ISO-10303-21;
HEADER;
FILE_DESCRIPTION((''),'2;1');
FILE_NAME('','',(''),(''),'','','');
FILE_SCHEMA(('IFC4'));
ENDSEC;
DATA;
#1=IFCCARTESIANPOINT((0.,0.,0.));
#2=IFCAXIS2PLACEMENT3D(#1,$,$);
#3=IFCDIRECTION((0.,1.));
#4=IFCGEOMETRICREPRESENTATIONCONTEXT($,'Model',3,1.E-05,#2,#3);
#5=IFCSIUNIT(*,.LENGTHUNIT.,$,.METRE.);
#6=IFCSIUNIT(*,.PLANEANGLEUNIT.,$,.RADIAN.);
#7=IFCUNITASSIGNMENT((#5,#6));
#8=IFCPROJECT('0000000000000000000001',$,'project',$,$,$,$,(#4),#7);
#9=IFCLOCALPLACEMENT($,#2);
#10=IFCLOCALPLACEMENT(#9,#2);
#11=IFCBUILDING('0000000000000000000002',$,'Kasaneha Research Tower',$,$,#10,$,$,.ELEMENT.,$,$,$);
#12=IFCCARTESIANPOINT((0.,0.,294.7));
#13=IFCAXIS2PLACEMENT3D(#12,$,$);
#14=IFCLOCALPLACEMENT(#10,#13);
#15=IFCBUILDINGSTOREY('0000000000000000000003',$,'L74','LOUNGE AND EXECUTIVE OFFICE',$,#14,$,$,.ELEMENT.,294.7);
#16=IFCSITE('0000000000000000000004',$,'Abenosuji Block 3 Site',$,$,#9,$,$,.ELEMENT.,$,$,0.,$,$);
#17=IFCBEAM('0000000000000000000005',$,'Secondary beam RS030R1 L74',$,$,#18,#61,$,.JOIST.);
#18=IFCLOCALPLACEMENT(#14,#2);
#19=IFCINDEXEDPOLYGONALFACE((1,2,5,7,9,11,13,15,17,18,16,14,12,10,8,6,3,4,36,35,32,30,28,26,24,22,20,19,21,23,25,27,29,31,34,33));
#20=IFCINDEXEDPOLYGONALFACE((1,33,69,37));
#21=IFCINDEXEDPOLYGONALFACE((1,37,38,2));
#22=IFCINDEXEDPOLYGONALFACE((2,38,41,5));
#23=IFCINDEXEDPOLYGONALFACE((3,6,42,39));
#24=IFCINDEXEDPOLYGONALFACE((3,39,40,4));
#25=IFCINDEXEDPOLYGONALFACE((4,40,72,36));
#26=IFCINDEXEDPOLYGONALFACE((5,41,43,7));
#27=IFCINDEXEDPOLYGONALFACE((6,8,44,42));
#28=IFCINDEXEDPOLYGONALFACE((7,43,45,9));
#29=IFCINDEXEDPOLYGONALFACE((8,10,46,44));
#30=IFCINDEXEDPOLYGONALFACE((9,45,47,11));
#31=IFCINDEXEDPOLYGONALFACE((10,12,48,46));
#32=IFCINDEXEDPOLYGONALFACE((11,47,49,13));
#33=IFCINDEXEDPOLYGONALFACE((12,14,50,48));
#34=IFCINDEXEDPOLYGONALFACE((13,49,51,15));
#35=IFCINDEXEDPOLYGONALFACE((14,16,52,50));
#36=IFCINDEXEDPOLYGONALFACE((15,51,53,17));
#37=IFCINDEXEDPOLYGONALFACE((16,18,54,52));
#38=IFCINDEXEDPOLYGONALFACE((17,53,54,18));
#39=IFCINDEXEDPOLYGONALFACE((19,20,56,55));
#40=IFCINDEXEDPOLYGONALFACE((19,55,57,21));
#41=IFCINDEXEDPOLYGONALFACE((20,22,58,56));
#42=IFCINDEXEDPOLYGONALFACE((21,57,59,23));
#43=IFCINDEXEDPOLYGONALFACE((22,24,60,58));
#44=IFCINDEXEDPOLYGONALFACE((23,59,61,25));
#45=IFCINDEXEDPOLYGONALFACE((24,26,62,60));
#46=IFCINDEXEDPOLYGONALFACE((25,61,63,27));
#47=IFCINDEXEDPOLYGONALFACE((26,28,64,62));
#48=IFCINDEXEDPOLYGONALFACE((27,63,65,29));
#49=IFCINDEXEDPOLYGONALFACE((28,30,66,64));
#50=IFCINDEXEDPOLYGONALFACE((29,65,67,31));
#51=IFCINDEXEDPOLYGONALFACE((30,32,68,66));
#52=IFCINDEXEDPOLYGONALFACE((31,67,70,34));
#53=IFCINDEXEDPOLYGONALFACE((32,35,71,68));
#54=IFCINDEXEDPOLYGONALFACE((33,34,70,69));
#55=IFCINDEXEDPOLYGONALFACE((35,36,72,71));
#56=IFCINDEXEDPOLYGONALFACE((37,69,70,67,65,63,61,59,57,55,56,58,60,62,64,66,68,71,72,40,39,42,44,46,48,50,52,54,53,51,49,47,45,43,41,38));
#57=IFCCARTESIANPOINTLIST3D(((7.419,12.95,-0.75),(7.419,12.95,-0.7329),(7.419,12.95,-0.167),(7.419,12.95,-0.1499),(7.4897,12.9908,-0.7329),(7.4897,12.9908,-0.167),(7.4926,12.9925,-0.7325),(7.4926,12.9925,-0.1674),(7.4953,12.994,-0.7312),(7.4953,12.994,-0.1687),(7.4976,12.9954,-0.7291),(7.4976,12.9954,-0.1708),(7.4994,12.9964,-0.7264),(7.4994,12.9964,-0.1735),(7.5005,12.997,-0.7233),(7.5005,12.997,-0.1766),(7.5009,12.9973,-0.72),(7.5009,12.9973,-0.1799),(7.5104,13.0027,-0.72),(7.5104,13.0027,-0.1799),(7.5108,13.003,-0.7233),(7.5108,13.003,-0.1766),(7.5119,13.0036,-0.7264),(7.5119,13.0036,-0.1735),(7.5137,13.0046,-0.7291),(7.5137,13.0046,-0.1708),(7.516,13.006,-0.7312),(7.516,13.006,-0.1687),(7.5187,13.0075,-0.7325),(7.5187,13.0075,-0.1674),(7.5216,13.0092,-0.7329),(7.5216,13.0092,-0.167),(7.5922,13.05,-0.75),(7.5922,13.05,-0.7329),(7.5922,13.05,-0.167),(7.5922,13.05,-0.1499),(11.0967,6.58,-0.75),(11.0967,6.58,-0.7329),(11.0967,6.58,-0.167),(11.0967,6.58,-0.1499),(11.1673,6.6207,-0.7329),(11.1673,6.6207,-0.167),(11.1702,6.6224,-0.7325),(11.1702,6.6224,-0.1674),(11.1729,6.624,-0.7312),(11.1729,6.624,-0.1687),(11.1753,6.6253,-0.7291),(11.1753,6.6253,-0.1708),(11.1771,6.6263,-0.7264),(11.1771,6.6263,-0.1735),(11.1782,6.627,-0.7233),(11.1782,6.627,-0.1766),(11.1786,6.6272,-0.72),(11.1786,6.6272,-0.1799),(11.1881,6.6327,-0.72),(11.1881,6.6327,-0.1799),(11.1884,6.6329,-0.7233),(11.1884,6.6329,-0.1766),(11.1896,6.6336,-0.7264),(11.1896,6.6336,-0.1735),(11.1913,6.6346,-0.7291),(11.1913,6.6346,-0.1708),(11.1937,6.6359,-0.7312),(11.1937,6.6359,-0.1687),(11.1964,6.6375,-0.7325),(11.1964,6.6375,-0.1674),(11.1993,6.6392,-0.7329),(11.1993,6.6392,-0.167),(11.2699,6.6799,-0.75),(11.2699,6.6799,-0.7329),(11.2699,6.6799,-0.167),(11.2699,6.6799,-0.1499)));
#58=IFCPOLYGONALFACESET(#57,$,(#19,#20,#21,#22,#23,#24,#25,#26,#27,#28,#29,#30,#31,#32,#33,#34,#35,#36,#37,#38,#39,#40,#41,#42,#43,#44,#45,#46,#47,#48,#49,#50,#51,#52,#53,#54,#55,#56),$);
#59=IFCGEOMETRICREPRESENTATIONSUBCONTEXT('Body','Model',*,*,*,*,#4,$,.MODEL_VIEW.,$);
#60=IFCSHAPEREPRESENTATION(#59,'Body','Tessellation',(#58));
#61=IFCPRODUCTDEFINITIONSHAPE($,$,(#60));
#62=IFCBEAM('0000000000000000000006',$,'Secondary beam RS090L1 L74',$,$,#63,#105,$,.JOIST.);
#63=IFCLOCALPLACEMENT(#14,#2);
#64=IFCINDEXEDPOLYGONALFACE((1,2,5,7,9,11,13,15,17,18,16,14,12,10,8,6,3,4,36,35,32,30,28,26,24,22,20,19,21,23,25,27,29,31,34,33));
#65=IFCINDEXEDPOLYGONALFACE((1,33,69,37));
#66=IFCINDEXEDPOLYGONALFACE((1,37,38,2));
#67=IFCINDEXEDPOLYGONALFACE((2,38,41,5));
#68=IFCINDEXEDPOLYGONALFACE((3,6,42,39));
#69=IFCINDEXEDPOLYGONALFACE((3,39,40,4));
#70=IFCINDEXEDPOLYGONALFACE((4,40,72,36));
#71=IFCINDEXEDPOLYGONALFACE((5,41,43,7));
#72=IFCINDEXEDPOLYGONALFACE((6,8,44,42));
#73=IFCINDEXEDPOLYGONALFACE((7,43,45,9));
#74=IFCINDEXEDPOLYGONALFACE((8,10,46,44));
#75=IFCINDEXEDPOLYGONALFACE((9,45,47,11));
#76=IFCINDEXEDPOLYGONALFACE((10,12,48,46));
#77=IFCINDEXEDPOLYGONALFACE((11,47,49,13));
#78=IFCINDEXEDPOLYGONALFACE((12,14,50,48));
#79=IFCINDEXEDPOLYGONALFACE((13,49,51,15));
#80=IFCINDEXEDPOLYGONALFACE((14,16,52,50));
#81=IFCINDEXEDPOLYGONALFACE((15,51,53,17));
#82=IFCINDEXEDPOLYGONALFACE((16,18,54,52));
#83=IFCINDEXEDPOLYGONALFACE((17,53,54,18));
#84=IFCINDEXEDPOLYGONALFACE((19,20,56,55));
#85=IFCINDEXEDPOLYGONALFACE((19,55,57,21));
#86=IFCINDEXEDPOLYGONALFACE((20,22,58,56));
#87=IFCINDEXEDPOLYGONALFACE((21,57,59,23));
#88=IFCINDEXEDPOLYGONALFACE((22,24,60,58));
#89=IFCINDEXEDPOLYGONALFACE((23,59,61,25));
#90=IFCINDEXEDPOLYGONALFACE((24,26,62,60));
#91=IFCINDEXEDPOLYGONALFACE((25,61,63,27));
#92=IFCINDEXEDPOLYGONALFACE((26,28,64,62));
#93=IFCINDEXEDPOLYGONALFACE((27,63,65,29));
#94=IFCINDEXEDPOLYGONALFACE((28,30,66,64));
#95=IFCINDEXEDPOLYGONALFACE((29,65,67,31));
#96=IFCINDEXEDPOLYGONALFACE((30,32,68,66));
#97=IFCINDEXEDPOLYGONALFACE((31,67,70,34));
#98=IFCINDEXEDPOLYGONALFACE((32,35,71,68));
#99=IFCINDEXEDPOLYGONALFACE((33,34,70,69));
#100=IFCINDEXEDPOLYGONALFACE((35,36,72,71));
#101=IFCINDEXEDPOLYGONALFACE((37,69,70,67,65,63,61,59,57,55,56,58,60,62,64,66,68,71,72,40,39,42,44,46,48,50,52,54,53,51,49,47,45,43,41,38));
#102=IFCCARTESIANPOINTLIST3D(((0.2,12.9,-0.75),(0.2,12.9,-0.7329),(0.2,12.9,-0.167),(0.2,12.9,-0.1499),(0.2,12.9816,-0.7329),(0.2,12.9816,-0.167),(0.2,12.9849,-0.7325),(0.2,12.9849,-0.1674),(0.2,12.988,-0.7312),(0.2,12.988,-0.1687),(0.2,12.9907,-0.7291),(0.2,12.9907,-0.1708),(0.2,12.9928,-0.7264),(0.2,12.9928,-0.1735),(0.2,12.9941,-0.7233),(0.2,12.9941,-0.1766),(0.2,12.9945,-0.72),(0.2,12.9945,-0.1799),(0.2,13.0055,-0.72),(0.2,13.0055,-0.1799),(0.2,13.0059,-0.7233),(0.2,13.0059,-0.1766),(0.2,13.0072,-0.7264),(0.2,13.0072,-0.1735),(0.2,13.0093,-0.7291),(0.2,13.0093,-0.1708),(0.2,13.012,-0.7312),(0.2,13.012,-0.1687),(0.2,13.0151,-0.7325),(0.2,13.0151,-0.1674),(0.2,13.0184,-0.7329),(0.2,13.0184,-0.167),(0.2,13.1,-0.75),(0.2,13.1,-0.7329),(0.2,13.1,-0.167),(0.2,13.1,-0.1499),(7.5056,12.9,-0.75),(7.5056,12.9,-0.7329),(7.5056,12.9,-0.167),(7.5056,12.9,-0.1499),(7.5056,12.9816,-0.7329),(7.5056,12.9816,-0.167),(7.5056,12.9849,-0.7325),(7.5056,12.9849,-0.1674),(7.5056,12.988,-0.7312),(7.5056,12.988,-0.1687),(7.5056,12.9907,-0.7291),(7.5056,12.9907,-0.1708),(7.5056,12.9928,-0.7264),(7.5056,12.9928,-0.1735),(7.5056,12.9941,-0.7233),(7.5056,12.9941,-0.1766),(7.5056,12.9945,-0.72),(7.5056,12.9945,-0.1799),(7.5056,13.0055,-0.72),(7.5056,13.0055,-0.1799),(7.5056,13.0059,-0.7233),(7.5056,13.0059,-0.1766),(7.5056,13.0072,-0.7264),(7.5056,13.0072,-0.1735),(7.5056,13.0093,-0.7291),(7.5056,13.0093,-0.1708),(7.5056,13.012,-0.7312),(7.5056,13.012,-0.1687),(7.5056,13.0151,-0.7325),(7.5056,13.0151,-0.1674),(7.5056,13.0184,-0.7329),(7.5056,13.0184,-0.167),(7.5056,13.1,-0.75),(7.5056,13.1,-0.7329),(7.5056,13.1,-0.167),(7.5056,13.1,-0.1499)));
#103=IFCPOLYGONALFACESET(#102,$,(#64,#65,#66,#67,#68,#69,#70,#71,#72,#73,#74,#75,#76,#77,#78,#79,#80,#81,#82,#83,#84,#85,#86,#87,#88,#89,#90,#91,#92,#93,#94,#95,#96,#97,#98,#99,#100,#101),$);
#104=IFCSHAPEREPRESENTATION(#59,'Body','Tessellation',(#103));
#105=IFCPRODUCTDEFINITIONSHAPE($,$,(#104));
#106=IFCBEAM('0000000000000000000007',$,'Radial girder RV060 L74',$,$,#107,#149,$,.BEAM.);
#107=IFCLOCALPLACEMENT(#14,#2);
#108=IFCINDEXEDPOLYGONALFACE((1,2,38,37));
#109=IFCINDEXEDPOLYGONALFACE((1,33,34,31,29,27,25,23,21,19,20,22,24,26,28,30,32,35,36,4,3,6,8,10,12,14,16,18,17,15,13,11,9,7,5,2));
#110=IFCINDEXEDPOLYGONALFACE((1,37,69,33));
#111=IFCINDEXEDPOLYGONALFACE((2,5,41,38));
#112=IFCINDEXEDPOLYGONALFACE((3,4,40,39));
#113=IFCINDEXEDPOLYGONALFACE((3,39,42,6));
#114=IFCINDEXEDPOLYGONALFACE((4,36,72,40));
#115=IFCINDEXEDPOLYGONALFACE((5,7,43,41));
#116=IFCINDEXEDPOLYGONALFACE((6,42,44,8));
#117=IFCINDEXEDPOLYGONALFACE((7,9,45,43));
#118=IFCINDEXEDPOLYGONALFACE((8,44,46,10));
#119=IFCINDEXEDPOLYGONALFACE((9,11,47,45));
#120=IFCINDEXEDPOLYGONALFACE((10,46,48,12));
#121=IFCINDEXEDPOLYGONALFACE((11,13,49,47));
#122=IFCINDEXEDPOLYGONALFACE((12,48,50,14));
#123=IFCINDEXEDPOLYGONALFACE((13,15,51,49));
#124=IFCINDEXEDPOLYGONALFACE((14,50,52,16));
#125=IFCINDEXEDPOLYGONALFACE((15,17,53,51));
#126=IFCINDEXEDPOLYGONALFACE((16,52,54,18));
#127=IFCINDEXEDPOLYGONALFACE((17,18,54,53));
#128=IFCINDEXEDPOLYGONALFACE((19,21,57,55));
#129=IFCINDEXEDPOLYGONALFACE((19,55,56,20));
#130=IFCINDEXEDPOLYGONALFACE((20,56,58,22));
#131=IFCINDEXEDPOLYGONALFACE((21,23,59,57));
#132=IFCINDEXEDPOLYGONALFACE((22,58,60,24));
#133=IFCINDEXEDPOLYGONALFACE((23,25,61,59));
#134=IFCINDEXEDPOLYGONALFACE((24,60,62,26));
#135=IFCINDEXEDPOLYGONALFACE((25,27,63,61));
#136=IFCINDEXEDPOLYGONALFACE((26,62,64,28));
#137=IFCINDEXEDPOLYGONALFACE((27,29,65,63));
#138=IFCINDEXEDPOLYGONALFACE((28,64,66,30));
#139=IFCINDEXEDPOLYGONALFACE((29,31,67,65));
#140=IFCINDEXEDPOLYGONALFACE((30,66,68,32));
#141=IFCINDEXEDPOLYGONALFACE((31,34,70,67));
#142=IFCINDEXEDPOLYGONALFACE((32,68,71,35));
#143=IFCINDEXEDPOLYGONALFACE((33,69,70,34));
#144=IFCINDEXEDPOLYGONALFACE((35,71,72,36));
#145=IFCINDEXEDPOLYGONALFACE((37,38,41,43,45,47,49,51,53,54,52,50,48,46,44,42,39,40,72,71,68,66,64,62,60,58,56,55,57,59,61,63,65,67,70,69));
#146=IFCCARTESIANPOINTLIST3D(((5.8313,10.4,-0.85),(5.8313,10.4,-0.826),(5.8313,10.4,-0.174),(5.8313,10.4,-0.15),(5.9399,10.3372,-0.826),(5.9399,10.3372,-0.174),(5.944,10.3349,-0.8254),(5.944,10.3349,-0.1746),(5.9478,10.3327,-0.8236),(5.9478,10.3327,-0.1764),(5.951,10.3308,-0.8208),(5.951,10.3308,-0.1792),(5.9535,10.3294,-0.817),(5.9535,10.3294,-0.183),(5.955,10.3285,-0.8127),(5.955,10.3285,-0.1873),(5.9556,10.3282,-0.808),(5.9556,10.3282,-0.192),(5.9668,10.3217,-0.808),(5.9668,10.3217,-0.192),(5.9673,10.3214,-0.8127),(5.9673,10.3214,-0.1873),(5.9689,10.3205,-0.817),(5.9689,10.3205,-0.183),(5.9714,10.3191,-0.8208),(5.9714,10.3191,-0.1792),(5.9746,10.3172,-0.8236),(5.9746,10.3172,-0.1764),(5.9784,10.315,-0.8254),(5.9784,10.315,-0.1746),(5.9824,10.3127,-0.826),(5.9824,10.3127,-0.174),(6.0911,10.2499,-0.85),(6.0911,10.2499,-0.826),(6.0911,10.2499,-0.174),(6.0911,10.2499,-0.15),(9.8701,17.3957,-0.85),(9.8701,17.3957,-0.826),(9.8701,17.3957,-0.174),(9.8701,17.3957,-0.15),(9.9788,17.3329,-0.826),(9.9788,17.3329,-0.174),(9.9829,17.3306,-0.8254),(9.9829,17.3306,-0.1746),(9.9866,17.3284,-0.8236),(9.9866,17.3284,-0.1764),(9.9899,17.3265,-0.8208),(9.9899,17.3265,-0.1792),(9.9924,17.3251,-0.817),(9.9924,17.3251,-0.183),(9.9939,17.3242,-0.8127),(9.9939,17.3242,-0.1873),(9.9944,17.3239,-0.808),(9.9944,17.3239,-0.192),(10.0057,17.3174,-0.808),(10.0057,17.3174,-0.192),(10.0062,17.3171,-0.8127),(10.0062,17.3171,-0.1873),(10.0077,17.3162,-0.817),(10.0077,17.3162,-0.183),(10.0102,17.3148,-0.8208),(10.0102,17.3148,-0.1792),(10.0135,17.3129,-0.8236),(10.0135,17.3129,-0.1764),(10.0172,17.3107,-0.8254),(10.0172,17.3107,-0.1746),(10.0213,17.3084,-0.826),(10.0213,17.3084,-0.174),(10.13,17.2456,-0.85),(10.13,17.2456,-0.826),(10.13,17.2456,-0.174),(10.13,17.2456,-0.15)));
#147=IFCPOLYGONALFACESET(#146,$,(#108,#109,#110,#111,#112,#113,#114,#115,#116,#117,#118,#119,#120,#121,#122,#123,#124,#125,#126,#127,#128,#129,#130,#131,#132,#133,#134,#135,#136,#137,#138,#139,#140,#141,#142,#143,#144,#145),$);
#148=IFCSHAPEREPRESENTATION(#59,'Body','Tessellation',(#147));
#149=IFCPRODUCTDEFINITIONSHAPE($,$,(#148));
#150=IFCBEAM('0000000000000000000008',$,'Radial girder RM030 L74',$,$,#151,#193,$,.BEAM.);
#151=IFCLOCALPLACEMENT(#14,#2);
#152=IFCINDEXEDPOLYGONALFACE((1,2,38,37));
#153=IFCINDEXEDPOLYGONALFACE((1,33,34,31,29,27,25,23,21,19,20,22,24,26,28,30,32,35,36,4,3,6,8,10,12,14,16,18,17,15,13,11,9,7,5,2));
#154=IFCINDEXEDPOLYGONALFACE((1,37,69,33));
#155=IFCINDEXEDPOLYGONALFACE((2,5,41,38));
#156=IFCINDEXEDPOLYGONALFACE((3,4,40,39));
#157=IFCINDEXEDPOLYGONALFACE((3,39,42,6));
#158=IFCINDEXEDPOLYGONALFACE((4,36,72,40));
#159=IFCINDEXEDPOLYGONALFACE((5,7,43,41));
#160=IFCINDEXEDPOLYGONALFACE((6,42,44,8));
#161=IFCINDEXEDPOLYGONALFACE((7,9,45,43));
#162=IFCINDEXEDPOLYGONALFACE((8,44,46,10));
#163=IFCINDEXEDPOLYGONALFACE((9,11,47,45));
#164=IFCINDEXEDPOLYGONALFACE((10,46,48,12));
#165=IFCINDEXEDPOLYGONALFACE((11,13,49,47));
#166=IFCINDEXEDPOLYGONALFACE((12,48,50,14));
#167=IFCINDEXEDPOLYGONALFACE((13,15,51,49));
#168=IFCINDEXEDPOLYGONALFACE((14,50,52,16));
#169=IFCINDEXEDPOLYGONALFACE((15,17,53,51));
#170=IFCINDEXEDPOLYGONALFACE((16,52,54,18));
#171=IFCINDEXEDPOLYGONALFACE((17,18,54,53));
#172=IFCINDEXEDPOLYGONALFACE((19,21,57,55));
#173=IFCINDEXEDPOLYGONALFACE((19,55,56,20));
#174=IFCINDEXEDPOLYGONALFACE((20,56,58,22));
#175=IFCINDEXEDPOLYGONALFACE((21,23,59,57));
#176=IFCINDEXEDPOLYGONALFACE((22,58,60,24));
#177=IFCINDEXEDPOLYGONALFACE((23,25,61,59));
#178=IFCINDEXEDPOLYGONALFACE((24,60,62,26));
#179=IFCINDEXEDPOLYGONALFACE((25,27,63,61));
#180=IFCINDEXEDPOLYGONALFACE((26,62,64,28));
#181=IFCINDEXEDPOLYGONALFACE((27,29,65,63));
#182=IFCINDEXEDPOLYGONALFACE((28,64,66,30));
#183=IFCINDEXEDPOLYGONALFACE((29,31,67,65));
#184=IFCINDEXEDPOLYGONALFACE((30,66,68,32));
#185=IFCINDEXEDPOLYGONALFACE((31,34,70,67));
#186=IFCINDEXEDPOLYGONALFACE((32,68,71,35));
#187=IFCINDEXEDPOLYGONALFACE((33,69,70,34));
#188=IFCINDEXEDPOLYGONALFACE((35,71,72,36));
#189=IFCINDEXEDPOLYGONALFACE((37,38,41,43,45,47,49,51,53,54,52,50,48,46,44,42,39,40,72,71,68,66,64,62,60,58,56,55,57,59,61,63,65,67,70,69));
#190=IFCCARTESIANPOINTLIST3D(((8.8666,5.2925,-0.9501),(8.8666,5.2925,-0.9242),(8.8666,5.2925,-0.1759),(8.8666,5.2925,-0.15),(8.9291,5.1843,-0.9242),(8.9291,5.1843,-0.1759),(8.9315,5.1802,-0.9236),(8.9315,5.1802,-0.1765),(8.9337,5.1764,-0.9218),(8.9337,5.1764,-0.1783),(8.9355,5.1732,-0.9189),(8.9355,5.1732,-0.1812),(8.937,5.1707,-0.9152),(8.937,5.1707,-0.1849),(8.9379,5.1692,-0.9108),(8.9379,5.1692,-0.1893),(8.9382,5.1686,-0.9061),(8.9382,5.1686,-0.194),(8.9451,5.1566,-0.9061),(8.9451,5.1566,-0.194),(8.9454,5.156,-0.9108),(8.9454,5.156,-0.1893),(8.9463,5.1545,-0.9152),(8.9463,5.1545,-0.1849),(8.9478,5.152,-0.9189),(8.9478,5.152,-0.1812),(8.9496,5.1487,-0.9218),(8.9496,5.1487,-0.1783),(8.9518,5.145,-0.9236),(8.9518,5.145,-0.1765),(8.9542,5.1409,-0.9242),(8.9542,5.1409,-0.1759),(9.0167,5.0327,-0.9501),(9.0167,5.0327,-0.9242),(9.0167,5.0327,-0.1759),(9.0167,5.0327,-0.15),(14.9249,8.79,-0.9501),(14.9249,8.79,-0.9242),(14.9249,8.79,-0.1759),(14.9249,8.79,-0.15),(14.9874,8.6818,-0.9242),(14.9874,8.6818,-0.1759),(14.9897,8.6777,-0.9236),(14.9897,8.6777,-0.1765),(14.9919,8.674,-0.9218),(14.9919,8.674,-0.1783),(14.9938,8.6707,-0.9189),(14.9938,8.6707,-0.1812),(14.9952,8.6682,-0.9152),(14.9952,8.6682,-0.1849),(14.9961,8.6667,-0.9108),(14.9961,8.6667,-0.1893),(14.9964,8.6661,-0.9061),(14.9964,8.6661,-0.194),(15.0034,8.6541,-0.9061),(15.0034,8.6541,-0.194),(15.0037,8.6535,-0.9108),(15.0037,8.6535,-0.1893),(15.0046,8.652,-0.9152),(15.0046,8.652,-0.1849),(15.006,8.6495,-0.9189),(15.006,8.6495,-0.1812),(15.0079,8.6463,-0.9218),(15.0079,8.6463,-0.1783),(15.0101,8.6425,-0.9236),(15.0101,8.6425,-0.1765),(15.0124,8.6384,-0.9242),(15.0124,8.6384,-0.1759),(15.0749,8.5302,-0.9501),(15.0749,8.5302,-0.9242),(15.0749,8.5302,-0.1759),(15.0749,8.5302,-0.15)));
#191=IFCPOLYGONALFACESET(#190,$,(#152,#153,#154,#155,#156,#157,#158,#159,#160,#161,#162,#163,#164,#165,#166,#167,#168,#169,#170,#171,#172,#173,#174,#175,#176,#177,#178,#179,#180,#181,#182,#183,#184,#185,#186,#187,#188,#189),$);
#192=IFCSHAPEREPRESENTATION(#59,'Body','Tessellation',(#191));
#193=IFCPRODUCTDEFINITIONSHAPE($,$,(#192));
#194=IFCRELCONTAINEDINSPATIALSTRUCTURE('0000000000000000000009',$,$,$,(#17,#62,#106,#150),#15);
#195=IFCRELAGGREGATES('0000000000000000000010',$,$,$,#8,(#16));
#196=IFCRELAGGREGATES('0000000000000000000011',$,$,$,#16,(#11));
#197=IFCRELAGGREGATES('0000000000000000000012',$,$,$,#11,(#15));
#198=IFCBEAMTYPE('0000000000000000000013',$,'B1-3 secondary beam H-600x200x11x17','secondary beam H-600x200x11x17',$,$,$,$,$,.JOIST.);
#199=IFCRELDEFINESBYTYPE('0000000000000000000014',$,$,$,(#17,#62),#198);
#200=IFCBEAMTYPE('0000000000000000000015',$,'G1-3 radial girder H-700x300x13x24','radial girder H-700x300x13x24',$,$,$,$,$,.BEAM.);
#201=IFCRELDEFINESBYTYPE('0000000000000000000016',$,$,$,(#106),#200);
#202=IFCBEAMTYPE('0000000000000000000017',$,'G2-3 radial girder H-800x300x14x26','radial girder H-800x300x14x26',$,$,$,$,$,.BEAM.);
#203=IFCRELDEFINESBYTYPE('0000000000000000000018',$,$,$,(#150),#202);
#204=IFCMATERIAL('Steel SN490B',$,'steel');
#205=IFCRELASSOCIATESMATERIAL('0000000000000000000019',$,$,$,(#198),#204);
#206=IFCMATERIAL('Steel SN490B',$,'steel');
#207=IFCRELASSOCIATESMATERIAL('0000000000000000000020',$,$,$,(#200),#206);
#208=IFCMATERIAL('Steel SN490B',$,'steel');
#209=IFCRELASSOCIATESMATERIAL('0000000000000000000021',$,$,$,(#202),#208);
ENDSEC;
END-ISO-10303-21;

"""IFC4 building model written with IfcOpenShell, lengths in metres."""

from ifc_helpers import new_model, si_unit, direction, frame, origin, origin_2d, place, context, subcontext, project, spatial, i_section, extrude, material, material_profile, profile_set, type_object, element, save


model = new_model("IFC4")

# Units and contexts
model_context = context("Model", 3, precision=1e-05, world=origin(), true_north=direction((0.0, 1.0)))
body_context = subcontext(model_context, "Body", "Model", "MODEL_VIEW")
ifc_project = project(units=[si_unit("LENGTHUNIT", "METRE"), si_unit("PLANEANGLEUNIT", "RADIAN")], contexts=[model_context])

# Site, building, storey
site_placement = place(None, origin())
site = spatial("IfcSite", under=ifc_project, at=site_placement, Name="Abenosuji Block 3 Site", CompositionType="ELEMENT", RefElevation=0.0)
building_placement = place(site_placement, origin())
building = spatial("IfcBuilding", under=site, at=building_placement, Name="Kasaneha Research Tower", CompositionType="ELEMENT")
storey_placement = place(building_placement, frame((0.0, 0.0, 294.7)))
storey = spatial("IfcBuildingStorey", under=building, at=storey_placement, Name="L74", Description="LOUNGE AND EXECUTIVE OFFICE", CompositionType="ELEMENT", Elevation=294.7)

# Beams
ifc_material_1 = material(Name="Steel SN490B", Category="steel")
ifc_material_profile_1 = material_profile(ifc_material_1, i_section(OverallWidth=0.2, OverallDepth=0.6001, WebThickness=0.011, FlangeThickness=0.0171, FilletRadius=0.0129, at=origin_2d()), Name="H-600x200x11x17")
ifc_profile_set_1 = profile_set([ifc_material_profile_1], Name="Steel SN490B")
beam_type_1 = type_object("IfcBeamType", Name="B1-3 secondary beam H-600x200x11x17", Description="secondary beam H-600x200x11x17", PredefinedType="JOIST", material=ifc_profile_set_1)
beam_1_placement = place(storey_placement, frame((7.5056, 13.0, -0.45), z_axis=(0.499994, -0.866029, 0.0), x_axis=(0.866029, 0.499994, 0.0)))
element("IfcBeam", 1, at=beam_1_placement, inside=storey, type_object=beam_type_1, Name="Secondary beam RS030R1 L74", PredefinedType="JOIST", context=body_context, shape_type="SweptSolid", body=[
    extrude(i_section(OverallWidth=0.2, OverallDepth=0.6001, WebThickness=0.011, FlangeThickness=0.0171, FilletRadius=0.0129, at=origin_2d()), origin(), (0.0, 0.0, 1.0), 7.3555),
])
beam_2_placement = place(storey_placement, frame((7.5056, 13.0, -0.45), z_axis=(-1.0, 0.0, 0.0), x_axis=(0.0, -1.0, 0.0)))
element("IfcBeam", 2, at=beam_2_placement, inside=storey, type_object=beam_type_1, Name="Secondary beam RS090L1 L74", PredefinedType="JOIST", context=body_context, shape_type="SweptSolid", body=[
    extrude(i_section(OverallWidth=0.2, OverallDepth=0.6001, WebThickness=0.011, FlangeThickness=0.0171, FilletRadius=0.0129, at=origin_2d()), origin(), (0.0, 0.0, 1.0), 7.3057),
])
ifc_material_2 = material(Name="Steel SN490B", Category="steel")
ifc_material_profile_2 = material_profile(ifc_material_2, i_section(OverallWidth=0.3, OverallDepth=0.7, WebThickness=0.0129, FlangeThickness=0.0239, FilletRadius=0.0181, at=origin_2d()), Name="H-700x300x13x24")
ifc_profile_set_2 = profile_set([ifc_material_profile_2], Name="Steel SN490B")
beam_type_2 = type_object("IfcBeamType", Name="G1-3 radial girder H-700x300x13x24", Description="radial girder H-700x300x13x24", PredefinedType="BEAM", material=ifc_profile_set_2)
beam_3_placement = place(storey_placement, frame((5.9612, 10.325, -0.5), z_axis=(0.499991, 0.866031, 0.0), x_axis=(-0.866031, 0.499991, 0.0)))
element("IfcBeam", 3, at=beam_3_placement, inside=storey, type_object=beam_type_2, Name="Radial girder RV060 L74", PredefinedType="BEAM", context=body_context, shape_type="SweptSolid", body=[
    extrude(i_section(OverallWidth=0.3, OverallDepth=0.7, WebThickness=0.0129, FlangeThickness=0.0239, FilletRadius=0.0181, at=origin_2d()), origin(), (0.0, 0.0, 1.0), 8.0779),
])
ifc_material_3 = material(Name="Steel SN490B", Category="steel")
ifc_material_profile_3 = material_profile(ifc_material_3, i_section(OverallWidth=0.3, OverallDepth=0.8, WebThickness=0.0139, FlangeThickness=0.0259, FilletRadius=0.0181, at=origin_2d()), Name="H-800x300x14x26")
ifc_profile_set_3 = profile_set([ifc_material_profile_3], Name="Steel SN490B")
beam_type_3 = type_object("IfcBeamType", Name="G2-3 radial girder H-800x300x14x26", Description="radial girder H-800x300x14x26", PredefinedType="BEAM", material=ifc_profile_set_3)
beam_4_placement = place(storey_placement, frame((8.9417, 5.1626, -0.55), z_axis=(0.86604, 0.499975, 0.0), x_axis=(-0.499975, 0.86604, 0.0)))
element("IfcBeam", 4, at=beam_4_placement, inside=storey, type_object=beam_type_3, Name="Radial girder RM030 L74", PredefinedType="BEAM", context=body_context, shape_type="SweptSolid", body=[
    extrude(i_section(OverallWidth=0.3, OverallDepth=0.8, WebThickness=0.0139, FlangeThickness=0.0259, FilletRadius=0.0181, at=origin_2d()), origin(), (0.0, 0.0, 1.0), 6.9954),
])

save(model, "model.ifc")
